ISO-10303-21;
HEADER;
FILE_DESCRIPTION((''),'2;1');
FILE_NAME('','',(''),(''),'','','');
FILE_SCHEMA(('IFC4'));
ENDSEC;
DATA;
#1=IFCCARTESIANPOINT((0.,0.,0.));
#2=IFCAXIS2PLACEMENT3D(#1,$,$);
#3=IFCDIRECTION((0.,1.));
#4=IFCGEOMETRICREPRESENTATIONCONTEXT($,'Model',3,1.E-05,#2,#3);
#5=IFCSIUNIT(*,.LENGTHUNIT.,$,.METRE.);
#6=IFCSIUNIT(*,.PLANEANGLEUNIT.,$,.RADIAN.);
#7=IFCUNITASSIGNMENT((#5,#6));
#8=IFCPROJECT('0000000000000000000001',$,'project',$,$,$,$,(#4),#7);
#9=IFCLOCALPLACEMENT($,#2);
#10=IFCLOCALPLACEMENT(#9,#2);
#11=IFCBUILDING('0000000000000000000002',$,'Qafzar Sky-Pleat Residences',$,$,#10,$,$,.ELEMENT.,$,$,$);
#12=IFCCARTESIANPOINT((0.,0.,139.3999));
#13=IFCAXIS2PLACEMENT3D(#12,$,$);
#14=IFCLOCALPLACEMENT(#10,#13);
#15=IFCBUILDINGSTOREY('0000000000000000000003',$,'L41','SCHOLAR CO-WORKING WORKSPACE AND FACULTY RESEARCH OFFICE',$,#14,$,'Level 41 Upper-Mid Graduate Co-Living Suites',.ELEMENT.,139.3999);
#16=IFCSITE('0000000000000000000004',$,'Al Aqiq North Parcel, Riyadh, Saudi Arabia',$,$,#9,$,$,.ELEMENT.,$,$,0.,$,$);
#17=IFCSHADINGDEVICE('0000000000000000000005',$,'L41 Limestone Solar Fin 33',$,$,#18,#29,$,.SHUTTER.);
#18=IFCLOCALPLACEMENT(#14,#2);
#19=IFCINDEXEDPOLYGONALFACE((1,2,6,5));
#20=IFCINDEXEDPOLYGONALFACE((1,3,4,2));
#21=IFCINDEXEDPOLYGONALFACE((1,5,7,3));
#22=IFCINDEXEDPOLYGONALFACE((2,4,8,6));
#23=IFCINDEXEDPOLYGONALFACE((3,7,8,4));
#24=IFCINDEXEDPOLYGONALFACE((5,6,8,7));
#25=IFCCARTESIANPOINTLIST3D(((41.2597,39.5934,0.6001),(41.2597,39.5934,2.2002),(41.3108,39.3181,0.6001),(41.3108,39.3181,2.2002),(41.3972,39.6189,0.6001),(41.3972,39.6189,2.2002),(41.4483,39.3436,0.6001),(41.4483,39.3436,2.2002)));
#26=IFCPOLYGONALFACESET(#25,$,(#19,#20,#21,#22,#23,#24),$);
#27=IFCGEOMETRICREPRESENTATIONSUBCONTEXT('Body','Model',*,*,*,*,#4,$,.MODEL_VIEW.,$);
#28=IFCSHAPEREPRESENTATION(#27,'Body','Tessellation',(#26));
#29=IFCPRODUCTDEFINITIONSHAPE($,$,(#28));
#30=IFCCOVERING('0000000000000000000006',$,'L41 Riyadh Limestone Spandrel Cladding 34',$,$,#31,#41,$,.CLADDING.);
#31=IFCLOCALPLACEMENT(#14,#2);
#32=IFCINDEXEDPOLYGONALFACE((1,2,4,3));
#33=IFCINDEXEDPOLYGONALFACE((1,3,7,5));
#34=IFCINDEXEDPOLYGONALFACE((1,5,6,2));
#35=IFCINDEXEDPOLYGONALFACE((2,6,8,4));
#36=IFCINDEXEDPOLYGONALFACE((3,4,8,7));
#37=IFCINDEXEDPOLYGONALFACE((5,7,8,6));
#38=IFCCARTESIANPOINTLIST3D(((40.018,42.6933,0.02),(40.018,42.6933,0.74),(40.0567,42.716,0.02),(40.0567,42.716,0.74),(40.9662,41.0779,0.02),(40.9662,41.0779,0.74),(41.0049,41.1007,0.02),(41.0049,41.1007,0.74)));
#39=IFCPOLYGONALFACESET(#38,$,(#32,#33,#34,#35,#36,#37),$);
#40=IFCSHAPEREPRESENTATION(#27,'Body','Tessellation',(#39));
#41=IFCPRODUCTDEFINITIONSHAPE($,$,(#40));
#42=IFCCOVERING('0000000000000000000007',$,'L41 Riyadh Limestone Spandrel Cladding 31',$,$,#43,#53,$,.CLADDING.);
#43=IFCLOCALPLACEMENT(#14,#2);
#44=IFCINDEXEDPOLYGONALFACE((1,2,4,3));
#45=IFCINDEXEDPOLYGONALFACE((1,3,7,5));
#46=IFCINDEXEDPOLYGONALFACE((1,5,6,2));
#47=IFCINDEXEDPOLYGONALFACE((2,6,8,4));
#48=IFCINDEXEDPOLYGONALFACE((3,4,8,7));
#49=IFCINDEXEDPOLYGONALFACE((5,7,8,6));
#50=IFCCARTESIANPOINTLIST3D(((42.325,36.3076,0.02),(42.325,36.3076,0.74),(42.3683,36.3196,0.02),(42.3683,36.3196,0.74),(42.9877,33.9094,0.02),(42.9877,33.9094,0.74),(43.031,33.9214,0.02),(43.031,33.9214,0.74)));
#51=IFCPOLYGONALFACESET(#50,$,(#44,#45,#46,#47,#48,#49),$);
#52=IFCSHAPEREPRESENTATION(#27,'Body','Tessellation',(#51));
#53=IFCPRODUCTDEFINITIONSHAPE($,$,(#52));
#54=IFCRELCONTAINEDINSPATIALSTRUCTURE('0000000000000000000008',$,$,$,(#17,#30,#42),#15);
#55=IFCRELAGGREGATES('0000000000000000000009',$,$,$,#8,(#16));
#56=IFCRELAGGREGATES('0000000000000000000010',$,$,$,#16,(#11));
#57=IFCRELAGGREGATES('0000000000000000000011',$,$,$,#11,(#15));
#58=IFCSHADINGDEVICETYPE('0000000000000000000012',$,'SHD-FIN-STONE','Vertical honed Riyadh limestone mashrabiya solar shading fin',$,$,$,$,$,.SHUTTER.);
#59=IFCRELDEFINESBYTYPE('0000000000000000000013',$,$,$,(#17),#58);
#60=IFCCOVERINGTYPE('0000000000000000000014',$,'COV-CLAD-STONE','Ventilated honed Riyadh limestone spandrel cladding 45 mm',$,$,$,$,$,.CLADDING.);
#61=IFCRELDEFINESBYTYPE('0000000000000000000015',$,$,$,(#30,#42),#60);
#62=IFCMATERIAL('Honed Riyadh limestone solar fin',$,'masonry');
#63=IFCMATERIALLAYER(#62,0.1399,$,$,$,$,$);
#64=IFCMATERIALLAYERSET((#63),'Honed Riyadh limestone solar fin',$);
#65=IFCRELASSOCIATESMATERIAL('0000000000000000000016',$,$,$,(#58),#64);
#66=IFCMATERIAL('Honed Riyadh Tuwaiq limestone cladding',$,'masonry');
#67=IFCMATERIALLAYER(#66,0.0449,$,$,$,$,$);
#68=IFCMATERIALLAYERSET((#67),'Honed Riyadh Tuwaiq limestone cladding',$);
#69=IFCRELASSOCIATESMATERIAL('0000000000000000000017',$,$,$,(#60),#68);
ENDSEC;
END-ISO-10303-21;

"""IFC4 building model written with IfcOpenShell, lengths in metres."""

from ifc_helpers import new_model, si_unit, direction, frame, origin, origin_2d, place, context, subcontext, project, spatial, rectangle, extrude, source, transform, mapped, material, layer, layer_set, type_object, element, save


model = new_model("IFC4")

# Units and contexts
model_context = context("Model", 3, precision=1e-05, world=origin(), true_north=direction((0.0, 1.0)))
body_context = subcontext(model_context, "Body", "Model", "MODEL_VIEW")
ifc_project = project(units=[si_unit("LENGTHUNIT", "METRE"), si_unit("PLANEANGLEUNIT", "RADIAN")], contexts=[model_context])

# Site, building, storey
site_placement = place(None, origin())
site = spatial("IfcSite", under=ifc_project, at=site_placement, Name="Al Aqiq North Parcel, Riyadh, Saudi Arabia", CompositionType="ELEMENT", RefElevation=0.0)
building_placement = place(site_placement, origin())
building = spatial("IfcBuilding", under=site, at=building_placement, Name="Qafzar Sky-Pleat Residences", CompositionType="ELEMENT")
storey_placement = place(building_placement, frame((0.0, 0.0, 139.3999)))
storey = spatial("IfcBuildingStorey", under=building, at=storey_placement, Name="L41", Description="SCHOLAR CO-WORKING WORKSPACE AND FACULTY RESEARCH OFFICE", LongName="Level 41 Upper-Mid Graduate Co-Living Suites", CompositionType="ELEMENT", Elevation=139.3999)

# Shading device
ifc_material_1 = material(Name="Honed Riyadh limestone solar fin", Category="masonry")
ifc_layer_1 = layer(ifc_material_1, 0.1399)
ifc_layer_set_1 = layer_set([ifc_layer_1], Name="Honed Riyadh limestone solar fin")
shading_device_type = type_object("IfcShadingDeviceType", Name="SHD-FIN-STONE", Description="Vertical honed Riyadh limestone mashrabiya solar shading fin", PredefinedType="SHUTTER", material=ifc_layer_set_1)
shared_shape_1 = source(origin(), body_context, "Body", "SweptSolid", [
    extrude(rectangle(XDim=0.1399, YDim=0.28, at=origin_2d()), origin(), (0.0, 0.0, 1.0), 1.6001),
])
shading_device_placement = place(storey_placement, frame((41.354, 39.4685, 0.6001), z_axis=(0.0, 0.0, 1.0), x_axis=(0.983238, 0.182325, 0.0)))
element("IfcShadingDevice", 1, at=shading_device_placement, inside=storey, type_object=shading_device_type, Name="L41 Limestone Solar Fin 33", PredefinedType="SHUTTER", context=body_context, shape_type="MappedRepresentation", body=[
    mapped(shared_shape_1, transform((0.0, 0.0, 0.0), x_axis=(1.0, 0.0, 0.0), y_axis=(0.0, 1.0, 0.0), z_axis=(0.0, 0.0, 1.0), scale=1.0)),
])

# Coverings
ifc_material_2 = material(Name="Honed Riyadh Tuwaiq limestone cladding", Category="masonry")
ifc_layer_2 = layer(ifc_material_2, 0.0449)
ifc_layer_set_2 = layer_set([ifc_layer_2], Name="Honed Riyadh Tuwaiq limestone cladding")
covering_type = type_object("IfcCoveringType", Name="COV-CLAD-STONE", Description="Ventilated honed Riyadh limestone spandrel cladding 45 mm", PredefinedType="CLADDING", material=ifc_layer_set_2)
shared_shape_2 = source(origin(), body_context, "Body", "SweptSolid", [
    extrude(rectangle(XDim=1.873, YDim=0.0449, at=origin_2d()), origin(), (0.0, 0.0, 1.0), 0.72),
])
covering_1_placement = place(storey_placement, frame((40.5115, 41.897, 0.02), z_axis=(0.0, 0.0, 1.0), x_axis=(-0.506232, 0.862397, 0.0)))
element("IfcCovering", 2, at=covering_1_placement, inside=storey, type_object=covering_type, Name="L41 Riyadh Limestone Spandrel Cladding 34", PredefinedType="CLADDING", context=body_context, shape_type="MappedRepresentation", body=[
    mapped(shared_shape_2, transform((0.0, 0.0, 0.0), x_axis=(1.0, 0.0, 0.0), y_axis=(0.0, 1.0, 0.0), z_axis=(0.0, 0.0, 1.0), scale=1.0)),
])
shared_shape_3 = source(origin(), body_context, "Body", "SweptSolid", [
    extrude(rectangle(XDim=2.488, YDim=0.0449, at=origin_2d()), origin(), (0.0, 0.0, 1.0), 0.72),
])
covering_2_placement = place(storey_placement, frame((42.678, 35.1145, 0.02), z_axis=(0.0, 0.0, 1.0), x_axis=(-0.266345, 0.963878, 0.0)))
element("IfcCovering", 3, at=covering_2_placement, inside=storey, type_object=covering_type, Name="L41 Riyadh Limestone Spandrel Cladding 31", PredefinedType="CLADDING", context=body_context, shape_type="MappedRepresentation", body=[
    mapped(shared_shape_3, transform((0.0, 0.0, 0.0), x_axis=(1.0, 0.0, 0.0), y_axis=(0.0, 1.0, 0.0), z_axis=(0.0, 0.0, 1.0), scale=1.0)),
])

save(model, "model.ifc")
